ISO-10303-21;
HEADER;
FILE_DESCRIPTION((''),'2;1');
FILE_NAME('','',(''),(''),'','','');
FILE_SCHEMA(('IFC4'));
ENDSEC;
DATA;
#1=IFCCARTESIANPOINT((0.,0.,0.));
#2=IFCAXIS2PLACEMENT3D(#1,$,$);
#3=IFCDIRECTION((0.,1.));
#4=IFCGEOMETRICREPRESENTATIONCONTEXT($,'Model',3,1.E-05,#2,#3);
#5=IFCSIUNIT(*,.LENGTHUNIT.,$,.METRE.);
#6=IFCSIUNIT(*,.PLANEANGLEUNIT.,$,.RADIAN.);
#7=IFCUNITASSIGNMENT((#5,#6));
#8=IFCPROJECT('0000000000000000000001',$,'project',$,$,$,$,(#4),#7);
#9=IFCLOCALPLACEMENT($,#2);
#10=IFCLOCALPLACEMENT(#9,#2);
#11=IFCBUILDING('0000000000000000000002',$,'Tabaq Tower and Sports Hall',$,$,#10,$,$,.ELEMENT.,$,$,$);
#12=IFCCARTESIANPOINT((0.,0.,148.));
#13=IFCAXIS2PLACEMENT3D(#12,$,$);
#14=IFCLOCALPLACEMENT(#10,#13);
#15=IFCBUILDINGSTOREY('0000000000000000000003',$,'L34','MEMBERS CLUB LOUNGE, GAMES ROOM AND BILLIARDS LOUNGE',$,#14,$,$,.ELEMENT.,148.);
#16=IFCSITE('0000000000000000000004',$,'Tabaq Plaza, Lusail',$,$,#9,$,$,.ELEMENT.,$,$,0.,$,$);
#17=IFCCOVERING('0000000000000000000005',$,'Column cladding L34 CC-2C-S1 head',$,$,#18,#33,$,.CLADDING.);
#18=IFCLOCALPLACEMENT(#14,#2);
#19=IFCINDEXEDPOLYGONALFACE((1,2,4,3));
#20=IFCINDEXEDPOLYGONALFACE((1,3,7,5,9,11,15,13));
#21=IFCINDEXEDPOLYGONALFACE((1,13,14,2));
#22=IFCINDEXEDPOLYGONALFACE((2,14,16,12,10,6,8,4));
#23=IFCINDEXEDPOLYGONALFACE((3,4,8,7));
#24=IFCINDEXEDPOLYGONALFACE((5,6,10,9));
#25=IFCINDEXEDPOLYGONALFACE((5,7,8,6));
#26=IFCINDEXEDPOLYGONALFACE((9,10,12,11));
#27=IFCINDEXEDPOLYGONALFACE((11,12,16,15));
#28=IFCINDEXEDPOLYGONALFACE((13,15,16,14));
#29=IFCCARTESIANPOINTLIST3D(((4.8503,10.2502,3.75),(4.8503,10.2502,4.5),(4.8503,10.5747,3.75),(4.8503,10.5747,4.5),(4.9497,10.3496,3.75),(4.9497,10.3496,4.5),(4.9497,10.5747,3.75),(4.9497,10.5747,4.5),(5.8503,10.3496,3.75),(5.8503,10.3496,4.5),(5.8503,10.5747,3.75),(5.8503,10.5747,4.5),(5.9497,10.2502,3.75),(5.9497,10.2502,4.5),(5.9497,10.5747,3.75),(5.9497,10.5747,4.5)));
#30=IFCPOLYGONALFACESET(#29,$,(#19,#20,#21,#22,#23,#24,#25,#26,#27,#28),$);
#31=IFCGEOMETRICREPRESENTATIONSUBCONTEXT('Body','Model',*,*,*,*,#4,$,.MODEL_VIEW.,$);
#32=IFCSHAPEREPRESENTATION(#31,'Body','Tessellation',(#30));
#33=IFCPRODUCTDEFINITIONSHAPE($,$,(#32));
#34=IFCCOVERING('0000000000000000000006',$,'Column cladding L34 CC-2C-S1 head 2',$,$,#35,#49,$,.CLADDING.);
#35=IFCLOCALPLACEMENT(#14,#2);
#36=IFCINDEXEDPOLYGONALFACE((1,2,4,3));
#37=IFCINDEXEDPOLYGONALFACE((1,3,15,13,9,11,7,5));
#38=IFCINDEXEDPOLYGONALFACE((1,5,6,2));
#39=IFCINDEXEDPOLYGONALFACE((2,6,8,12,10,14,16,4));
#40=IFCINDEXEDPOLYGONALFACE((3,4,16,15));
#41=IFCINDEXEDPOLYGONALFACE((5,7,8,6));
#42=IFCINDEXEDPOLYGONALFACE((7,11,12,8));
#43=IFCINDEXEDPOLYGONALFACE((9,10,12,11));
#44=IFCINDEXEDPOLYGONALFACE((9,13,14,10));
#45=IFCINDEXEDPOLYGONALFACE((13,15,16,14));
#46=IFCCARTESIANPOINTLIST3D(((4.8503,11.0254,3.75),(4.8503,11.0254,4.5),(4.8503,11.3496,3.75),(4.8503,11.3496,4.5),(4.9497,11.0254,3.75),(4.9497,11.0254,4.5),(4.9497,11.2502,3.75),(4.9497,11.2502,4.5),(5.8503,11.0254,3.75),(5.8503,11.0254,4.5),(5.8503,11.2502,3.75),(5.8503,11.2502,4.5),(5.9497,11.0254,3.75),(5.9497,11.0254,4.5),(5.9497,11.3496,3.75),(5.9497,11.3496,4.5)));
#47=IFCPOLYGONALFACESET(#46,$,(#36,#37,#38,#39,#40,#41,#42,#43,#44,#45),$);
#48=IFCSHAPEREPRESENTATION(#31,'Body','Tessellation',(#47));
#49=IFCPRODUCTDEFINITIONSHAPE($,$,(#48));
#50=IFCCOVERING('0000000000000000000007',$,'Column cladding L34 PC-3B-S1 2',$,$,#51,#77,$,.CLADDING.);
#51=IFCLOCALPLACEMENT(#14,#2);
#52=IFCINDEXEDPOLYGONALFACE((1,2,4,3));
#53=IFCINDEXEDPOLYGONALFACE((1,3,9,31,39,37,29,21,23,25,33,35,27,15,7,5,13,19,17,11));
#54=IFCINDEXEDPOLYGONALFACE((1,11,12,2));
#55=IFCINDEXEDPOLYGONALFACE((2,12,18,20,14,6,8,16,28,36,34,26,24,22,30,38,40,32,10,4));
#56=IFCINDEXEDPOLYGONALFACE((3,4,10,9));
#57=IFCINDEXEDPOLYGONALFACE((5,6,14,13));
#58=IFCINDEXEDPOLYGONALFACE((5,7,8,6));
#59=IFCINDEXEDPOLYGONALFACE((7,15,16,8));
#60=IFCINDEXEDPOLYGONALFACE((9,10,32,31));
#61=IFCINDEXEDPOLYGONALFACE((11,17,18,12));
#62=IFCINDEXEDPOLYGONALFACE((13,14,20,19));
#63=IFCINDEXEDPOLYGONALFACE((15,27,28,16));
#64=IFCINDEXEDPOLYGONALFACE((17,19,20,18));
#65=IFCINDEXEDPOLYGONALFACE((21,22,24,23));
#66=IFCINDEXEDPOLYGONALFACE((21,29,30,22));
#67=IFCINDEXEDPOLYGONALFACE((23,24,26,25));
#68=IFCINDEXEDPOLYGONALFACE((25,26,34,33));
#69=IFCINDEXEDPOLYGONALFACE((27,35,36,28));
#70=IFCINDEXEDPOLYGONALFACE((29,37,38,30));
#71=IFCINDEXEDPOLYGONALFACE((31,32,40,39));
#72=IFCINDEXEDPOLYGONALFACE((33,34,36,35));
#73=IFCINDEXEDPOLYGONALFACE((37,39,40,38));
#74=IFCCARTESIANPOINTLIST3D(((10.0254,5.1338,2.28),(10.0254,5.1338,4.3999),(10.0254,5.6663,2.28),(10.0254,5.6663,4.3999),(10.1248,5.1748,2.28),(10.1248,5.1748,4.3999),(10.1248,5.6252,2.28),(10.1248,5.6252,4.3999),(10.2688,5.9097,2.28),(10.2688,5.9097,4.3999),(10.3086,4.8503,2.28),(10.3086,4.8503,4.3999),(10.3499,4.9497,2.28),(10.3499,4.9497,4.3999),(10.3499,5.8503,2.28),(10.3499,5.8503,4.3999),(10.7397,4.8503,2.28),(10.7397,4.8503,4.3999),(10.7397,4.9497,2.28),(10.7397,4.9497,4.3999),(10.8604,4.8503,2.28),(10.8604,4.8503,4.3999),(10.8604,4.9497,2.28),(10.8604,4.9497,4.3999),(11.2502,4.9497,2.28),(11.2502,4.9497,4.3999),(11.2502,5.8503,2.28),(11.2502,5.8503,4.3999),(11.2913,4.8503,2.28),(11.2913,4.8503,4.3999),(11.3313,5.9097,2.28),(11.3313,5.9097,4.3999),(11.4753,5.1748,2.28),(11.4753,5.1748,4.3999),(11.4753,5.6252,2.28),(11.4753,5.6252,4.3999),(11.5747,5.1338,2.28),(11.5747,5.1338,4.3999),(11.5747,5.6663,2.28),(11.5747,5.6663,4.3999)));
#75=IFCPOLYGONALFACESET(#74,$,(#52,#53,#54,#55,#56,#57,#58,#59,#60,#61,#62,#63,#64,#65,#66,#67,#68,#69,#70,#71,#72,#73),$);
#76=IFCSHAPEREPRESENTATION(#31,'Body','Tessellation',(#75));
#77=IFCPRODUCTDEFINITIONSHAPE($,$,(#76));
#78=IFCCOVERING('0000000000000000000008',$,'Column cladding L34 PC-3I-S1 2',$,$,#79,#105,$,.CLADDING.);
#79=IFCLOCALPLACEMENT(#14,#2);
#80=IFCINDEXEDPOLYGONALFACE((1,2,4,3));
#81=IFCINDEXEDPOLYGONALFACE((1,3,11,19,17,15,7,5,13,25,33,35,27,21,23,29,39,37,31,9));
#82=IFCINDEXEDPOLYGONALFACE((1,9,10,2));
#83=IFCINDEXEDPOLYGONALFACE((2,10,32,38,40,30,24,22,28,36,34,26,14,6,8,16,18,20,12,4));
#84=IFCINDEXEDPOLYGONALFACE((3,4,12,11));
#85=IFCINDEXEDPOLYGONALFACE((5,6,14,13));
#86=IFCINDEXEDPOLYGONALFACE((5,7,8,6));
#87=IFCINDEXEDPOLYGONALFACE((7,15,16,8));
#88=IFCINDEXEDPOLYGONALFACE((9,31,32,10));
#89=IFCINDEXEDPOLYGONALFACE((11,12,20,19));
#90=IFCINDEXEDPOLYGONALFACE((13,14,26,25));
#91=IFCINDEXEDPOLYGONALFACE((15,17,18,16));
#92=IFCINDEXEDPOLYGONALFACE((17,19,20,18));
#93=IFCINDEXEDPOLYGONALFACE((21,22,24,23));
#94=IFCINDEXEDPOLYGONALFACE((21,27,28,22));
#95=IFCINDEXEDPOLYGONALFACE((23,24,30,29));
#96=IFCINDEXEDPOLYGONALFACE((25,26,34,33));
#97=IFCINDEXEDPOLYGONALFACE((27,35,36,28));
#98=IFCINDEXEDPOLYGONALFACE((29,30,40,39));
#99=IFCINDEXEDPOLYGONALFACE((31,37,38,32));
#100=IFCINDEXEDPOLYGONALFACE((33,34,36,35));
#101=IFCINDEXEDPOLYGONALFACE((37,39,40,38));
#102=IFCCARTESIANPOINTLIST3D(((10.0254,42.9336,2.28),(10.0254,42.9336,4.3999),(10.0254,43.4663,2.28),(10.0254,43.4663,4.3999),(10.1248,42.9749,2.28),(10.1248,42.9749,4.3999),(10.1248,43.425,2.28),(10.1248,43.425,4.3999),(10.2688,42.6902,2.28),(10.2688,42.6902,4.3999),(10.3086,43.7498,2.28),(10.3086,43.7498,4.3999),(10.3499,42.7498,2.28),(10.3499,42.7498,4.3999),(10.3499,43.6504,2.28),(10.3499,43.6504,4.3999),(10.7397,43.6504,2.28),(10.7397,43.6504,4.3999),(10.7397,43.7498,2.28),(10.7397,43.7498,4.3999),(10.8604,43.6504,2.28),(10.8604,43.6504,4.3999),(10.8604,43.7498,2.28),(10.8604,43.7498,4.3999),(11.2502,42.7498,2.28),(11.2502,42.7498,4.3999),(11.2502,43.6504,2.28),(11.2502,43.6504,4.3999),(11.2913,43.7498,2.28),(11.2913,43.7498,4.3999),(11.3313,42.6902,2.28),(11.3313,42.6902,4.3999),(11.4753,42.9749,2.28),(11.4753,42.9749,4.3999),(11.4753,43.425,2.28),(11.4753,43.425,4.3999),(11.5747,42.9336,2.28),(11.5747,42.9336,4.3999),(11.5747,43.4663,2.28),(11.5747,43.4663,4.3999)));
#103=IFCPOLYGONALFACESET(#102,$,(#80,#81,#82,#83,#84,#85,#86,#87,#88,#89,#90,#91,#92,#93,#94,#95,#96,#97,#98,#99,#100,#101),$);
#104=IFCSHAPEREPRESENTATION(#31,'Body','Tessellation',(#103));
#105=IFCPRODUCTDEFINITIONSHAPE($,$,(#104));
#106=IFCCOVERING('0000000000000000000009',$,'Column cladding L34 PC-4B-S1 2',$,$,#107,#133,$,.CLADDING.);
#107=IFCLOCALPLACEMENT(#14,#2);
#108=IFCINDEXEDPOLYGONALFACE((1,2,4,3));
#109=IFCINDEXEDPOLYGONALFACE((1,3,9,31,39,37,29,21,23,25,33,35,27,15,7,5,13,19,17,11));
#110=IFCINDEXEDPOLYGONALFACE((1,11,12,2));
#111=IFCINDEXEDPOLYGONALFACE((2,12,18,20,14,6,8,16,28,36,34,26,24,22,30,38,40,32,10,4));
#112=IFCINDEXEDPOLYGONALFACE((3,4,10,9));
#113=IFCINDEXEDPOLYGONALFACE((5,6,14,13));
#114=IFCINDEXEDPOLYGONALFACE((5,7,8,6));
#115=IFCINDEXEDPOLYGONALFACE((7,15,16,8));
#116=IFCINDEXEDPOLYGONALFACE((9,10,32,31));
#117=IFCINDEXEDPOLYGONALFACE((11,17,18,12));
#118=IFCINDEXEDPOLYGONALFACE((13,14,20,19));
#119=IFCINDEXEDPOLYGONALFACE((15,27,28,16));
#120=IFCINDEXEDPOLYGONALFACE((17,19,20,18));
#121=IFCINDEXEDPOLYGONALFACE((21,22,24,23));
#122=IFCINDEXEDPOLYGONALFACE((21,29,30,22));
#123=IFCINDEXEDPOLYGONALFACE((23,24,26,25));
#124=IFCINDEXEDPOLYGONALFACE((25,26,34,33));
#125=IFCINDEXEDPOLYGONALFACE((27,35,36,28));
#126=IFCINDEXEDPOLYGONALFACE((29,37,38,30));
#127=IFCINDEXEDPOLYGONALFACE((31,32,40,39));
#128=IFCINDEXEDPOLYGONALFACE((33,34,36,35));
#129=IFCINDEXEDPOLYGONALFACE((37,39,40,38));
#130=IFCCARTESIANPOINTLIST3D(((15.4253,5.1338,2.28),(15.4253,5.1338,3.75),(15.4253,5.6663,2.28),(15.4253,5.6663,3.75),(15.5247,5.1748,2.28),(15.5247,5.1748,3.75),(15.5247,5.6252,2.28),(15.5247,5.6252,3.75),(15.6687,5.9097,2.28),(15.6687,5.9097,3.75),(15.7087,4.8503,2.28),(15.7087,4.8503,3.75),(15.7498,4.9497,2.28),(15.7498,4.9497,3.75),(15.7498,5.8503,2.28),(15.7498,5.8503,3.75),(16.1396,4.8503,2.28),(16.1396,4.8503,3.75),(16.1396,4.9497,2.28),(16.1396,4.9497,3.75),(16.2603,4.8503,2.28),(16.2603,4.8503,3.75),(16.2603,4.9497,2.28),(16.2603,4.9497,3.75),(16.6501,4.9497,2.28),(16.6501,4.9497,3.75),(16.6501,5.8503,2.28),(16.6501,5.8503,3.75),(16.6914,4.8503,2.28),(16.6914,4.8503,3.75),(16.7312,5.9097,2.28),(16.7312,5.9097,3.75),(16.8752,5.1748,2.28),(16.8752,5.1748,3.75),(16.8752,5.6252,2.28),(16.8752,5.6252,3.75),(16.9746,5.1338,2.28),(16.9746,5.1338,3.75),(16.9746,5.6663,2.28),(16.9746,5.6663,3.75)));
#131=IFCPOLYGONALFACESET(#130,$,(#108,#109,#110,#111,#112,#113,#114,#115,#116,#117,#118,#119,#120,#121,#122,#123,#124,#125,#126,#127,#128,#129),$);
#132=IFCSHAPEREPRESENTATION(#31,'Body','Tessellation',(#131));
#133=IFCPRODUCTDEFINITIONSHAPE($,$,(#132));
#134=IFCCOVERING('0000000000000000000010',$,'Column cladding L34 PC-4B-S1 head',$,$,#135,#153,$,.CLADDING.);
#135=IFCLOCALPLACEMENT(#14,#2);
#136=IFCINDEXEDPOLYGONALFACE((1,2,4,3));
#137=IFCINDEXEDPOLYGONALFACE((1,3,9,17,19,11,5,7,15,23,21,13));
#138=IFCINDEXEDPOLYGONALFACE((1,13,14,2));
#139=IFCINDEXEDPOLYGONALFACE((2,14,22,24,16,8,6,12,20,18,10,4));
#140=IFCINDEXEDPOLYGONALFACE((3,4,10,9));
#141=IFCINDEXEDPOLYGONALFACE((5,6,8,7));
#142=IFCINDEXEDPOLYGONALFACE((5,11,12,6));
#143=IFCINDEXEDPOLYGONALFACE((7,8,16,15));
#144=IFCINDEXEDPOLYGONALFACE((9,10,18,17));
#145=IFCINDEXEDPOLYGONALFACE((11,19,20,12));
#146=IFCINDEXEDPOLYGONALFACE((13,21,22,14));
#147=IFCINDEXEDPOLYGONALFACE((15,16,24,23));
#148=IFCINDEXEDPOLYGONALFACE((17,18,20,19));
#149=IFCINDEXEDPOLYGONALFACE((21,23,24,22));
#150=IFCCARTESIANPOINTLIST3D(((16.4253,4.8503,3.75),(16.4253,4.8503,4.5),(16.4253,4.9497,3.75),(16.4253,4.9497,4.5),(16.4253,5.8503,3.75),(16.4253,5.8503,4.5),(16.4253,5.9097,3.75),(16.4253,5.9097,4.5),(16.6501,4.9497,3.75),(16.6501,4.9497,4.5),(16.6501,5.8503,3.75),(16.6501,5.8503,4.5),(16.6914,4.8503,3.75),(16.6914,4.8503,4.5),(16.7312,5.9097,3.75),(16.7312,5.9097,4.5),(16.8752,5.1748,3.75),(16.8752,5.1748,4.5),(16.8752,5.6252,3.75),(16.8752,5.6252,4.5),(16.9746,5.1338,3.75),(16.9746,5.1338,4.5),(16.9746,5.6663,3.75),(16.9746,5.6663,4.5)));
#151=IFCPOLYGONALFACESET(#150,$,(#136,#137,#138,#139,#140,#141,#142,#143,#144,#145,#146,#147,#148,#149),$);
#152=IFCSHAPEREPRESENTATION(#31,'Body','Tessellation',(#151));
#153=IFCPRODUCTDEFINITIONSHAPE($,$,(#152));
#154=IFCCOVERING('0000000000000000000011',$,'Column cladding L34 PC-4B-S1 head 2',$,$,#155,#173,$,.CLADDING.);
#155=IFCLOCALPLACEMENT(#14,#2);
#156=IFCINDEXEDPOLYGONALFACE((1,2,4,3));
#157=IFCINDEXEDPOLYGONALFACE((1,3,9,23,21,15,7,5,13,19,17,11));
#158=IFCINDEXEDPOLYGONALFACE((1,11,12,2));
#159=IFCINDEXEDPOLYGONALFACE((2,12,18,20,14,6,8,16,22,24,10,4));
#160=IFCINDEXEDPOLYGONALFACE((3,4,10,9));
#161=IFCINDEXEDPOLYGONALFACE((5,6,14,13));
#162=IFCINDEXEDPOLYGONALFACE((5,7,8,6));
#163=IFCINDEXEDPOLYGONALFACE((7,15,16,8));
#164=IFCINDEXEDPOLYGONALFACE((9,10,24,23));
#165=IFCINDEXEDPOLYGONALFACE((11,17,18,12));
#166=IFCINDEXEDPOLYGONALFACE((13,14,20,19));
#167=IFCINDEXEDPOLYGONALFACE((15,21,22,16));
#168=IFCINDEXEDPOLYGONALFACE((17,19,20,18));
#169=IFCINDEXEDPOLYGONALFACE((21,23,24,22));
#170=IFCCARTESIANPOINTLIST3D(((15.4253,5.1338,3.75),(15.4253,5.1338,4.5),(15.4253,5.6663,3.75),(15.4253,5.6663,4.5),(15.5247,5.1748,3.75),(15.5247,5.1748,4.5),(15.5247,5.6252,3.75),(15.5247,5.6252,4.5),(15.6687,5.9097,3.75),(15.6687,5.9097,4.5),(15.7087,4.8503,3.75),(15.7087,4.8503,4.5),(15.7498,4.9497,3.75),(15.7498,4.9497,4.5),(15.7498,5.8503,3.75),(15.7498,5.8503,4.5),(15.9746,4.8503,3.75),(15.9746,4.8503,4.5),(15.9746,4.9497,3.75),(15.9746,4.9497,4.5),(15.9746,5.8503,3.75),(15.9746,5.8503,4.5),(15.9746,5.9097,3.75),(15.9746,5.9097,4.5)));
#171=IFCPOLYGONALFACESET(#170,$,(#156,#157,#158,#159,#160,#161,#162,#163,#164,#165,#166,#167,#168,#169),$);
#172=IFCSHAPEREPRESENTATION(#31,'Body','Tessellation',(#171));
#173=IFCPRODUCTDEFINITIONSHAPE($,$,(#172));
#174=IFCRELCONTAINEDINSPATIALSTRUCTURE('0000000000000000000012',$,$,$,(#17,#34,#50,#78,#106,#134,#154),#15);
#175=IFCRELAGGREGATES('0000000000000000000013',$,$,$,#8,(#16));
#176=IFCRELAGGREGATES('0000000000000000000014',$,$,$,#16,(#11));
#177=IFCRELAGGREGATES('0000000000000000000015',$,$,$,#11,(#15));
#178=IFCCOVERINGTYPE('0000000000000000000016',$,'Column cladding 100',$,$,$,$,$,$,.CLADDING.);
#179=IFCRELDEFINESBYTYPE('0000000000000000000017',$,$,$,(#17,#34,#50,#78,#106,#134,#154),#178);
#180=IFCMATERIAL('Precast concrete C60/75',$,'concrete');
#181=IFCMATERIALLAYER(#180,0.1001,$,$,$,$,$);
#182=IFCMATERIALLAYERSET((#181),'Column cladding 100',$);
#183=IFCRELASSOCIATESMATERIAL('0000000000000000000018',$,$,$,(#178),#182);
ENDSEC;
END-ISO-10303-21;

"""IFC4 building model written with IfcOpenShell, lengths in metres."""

from ifc_helpers import new_model, si_unit, direction, frame, origin, place, context, subcontext, project, spatial, polyline, outline, extrude, material, layer, layer_set, type_object, element, save


model = new_model("IFC4")

# Units and contexts
model_context = context("Model", 3, precision=1e-05, world=origin(), true_north=direction((0.0, 1.0)))
body_context = subcontext(model_context, "Body", "Model", "MODEL_VIEW")
ifc_project = project(units=[si_unit("LENGTHUNIT", "METRE"), si_unit("PLANEANGLEUNIT", "RADIAN")], contexts=[model_context])

# Site, building, storey
site_placement = place(None, origin())
site = spatial("IfcSite", under=ifc_project, at=site_placement, Name="Tabaq Plaza, Lusail", CompositionType="ELEMENT", RefElevation=0.0)
building_placement = place(site_placement, origin())
building = spatial("IfcBuilding", under=site, at=building_placement, Name="Tabaq Tower and Sports Hall", CompositionType="ELEMENT")
storey_placement = place(building_placement, frame((0.0, 0.0, 148.0)))
storey = spatial("IfcBuildingStorey", under=building, at=storey_placement, Name="L34", Description="MEMBERS CLUB LOUNGE, GAMES ROOM AND BILLIARDS LOUNGE", CompositionType="ELEMENT", Elevation=148.0)

# Coverings
ifc_material = material(Name="Precast concrete C60/75", Category="concrete")
ifc_layer = layer(ifc_material, 0.1001)
ifc_layer_set = layer_set([ifc_layer], Name="Column cladding 100")
covering_type = type_object("IfcCoveringType", Name="Column cladding 100", PredefinedType="CLADDING", material=ifc_layer_set)
covering_1_placement = place(storey_placement, frame((0.0, 0.0, 3.75)))
element("IfcCovering", 1, at=covering_1_placement, inside=storey, type_object=covering_type, Name="Column cladding L34 CC-2C-S1 head", PredefinedType="CLADDING", context=body_context, shape_type="SweptSolid", body=[
    extrude(outline(polyline([(5.9497, 10.2502), (4.8503, 10.2502), (4.8503, 10.5747), (4.9497, 10.5747), (4.9497, 10.3496), (5.8503, 10.3496), (5.8503, 10.5747), (5.9497, 10.5747), (5.9497, 10.2502)])), origin(), (0.0, 0.0, 1.0), 0.75),
])
covering_2_placement = place(storey_placement, frame((0.0, 0.0, 3.75)))
element("IfcCovering", 2, at=covering_2_placement, inside=storey, type_object=covering_type, Name="Column cladding L34 CC-2C-S1 head 2", PredefinedType="CLADDING", context=body_context, shape_type="SweptSolid", body=[
    extrude(outline(polyline([(5.9497, 11.3496), (5.9497, 11.0254), (5.8503, 11.0254), (5.8503, 11.2502), (4.9497, 11.2502), (4.9497, 11.0254), (4.8503, 11.0254), (4.8503, 11.3496), (5.9497, 11.3496)])), origin(), (0.0, 0.0, 1.0), 0.75),
])
covering_3_placement = place(storey_placement, frame((0.0, 0.0, 2.28)))
element("IfcCovering", 3, at=covering_3_placement, inside=storey, type_object=covering_type, Name="Column cladding L34 PC-3B-S1 2", PredefinedType="CLADDING", context=body_context, shape_type="SweptSolid", body=[
    extrude(outline(polyline([(10.0254, 5.6663), (10.2688, 5.9097), (11.3313, 5.9097), (11.5747, 5.6663), (11.5747, 5.1338), (11.2913, 4.8503), (10.8604, 4.8503), (10.8604, 4.9497), (11.2502, 4.9497), (11.4753, 5.1748), (11.4753, 5.6252), (11.2502, 5.8503), (10.3499, 5.8503), (10.1248, 5.6252), (10.1248, 5.1748), (10.3499, 4.9497), (10.7397, 4.9497), (10.7397, 4.8503), (10.3086, 4.8503), (10.0254, 5.1338), (10.0254, 5.6663)])), origin(), (0.0, 0.0, 1.0), 2.1199),
])
covering_4_placement = place(storey_placement, frame((0.0, 0.0, 2.28)))
element("IfcCovering", 4, at=covering_4_placement, inside=storey, type_object=covering_type, Name="Column cladding L34 PC-3I-S1 2", PredefinedType="CLADDING", context=body_context, shape_type="SweptSolid", body=[
    extrude(outline(polyline([(10.0254, 43.4663), (10.3086, 43.7498), (10.7397, 43.7498), (10.7397, 43.6504), (10.3499, 43.6504), (10.1248, 43.425), (10.1248, 42.9749), (10.3499, 42.7498), (11.2502, 42.7498), (11.4753, 42.9749), (11.4753, 43.425), (11.2502, 43.6504), (10.8604, 43.6504), (10.8604, 43.7498), (11.2913, 43.7498), (11.5747, 43.4663), (11.5747, 42.9336), (11.3313, 42.6902), (10.2688, 42.6902), (10.0254, 42.9336), (10.0254, 43.4663)])), origin(), (0.0, 0.0, 1.0), 2.1199),
])
covering_5_placement = place(storey_placement, frame((0.0, 0.0, 2.28)))
element("IfcCovering", 5, at=covering_5_placement, inside=storey, type_object=covering_type, Name="Column cladding L34 PC-4B-S1 2", PredefinedType="CLADDING", context=body_context, shape_type="SweptSolid", body=[
    extrude(outline(polyline([(15.4253, 5.6663), (15.6687, 5.9097), (16.7312, 5.9097), (16.9746, 5.6663), (16.9746, 5.1338), (16.6914, 4.8503), (16.2603, 4.8503), (16.2603, 4.9497), (16.6501, 4.9497), (16.8752, 5.1748), (16.8752, 5.6252), (16.6501, 5.8503), (15.7498, 5.8503), (15.5247, 5.6252), (15.5247, 5.1748), (15.7498, 4.9497), (16.1396, 4.9497), (16.1396, 4.8503), (15.7087, 4.8503), (15.4253, 5.1338), (15.4253, 5.6663)])), origin(), (0.0, 0.0, 1.0), 1.47),
])
covering_6_placement = place(storey_placement, frame((0.0, 0.0, 3.75)))
element("IfcCovering", 6, at=covering_6_placement, inside=storey, type_object=covering_type, Name="Column cladding L34 PC-4B-S1 head", PredefinedType="CLADDING", context=body_context, shape_type="SweptSolid", body=[
    extrude(outline(polyline([(16.7312, 5.9097), (16.9746, 5.6663), (16.9746, 5.1338), (16.6914, 4.8503), (16.4253, 4.8503), (16.4253, 4.9497), (16.6501, 4.9497), (16.8752, 5.1748), (16.8752, 5.6252), (16.6501, 5.8503), (16.4253, 5.8503), (16.4253, 5.9097), (16.7312, 5.9097)])), origin(), (0.0, 0.0, 1.0), 0.75),
])
covering_7_placement = place(storey_placement, frame((0.0, 0.0, 3.75)))
element("IfcCovering", 7, at=covering_7_placement, inside=storey, type_object=covering_type, Name="Column cladding L34 PC-4B-S1 head 2", PredefinedType="CLADDING", context=body_context, shape_type="SweptSolid", body=[
    extrude(outline(polyline([(15.6687, 5.9097), (15.9746, 5.9097), (15.9746, 5.8503), (15.7498, 5.8503), (15.5247, 5.6252), (15.5247, 5.1748), (15.7498, 4.9497), (15.9746, 4.9497), (15.9746, 4.8503), (15.7087, 4.8503), (15.4253, 5.1338), (15.4253, 5.6663), (15.6687, 5.9097)])), origin(), (0.0, 0.0, 1.0), 0.75),
])

save(model, "model.ifc")
